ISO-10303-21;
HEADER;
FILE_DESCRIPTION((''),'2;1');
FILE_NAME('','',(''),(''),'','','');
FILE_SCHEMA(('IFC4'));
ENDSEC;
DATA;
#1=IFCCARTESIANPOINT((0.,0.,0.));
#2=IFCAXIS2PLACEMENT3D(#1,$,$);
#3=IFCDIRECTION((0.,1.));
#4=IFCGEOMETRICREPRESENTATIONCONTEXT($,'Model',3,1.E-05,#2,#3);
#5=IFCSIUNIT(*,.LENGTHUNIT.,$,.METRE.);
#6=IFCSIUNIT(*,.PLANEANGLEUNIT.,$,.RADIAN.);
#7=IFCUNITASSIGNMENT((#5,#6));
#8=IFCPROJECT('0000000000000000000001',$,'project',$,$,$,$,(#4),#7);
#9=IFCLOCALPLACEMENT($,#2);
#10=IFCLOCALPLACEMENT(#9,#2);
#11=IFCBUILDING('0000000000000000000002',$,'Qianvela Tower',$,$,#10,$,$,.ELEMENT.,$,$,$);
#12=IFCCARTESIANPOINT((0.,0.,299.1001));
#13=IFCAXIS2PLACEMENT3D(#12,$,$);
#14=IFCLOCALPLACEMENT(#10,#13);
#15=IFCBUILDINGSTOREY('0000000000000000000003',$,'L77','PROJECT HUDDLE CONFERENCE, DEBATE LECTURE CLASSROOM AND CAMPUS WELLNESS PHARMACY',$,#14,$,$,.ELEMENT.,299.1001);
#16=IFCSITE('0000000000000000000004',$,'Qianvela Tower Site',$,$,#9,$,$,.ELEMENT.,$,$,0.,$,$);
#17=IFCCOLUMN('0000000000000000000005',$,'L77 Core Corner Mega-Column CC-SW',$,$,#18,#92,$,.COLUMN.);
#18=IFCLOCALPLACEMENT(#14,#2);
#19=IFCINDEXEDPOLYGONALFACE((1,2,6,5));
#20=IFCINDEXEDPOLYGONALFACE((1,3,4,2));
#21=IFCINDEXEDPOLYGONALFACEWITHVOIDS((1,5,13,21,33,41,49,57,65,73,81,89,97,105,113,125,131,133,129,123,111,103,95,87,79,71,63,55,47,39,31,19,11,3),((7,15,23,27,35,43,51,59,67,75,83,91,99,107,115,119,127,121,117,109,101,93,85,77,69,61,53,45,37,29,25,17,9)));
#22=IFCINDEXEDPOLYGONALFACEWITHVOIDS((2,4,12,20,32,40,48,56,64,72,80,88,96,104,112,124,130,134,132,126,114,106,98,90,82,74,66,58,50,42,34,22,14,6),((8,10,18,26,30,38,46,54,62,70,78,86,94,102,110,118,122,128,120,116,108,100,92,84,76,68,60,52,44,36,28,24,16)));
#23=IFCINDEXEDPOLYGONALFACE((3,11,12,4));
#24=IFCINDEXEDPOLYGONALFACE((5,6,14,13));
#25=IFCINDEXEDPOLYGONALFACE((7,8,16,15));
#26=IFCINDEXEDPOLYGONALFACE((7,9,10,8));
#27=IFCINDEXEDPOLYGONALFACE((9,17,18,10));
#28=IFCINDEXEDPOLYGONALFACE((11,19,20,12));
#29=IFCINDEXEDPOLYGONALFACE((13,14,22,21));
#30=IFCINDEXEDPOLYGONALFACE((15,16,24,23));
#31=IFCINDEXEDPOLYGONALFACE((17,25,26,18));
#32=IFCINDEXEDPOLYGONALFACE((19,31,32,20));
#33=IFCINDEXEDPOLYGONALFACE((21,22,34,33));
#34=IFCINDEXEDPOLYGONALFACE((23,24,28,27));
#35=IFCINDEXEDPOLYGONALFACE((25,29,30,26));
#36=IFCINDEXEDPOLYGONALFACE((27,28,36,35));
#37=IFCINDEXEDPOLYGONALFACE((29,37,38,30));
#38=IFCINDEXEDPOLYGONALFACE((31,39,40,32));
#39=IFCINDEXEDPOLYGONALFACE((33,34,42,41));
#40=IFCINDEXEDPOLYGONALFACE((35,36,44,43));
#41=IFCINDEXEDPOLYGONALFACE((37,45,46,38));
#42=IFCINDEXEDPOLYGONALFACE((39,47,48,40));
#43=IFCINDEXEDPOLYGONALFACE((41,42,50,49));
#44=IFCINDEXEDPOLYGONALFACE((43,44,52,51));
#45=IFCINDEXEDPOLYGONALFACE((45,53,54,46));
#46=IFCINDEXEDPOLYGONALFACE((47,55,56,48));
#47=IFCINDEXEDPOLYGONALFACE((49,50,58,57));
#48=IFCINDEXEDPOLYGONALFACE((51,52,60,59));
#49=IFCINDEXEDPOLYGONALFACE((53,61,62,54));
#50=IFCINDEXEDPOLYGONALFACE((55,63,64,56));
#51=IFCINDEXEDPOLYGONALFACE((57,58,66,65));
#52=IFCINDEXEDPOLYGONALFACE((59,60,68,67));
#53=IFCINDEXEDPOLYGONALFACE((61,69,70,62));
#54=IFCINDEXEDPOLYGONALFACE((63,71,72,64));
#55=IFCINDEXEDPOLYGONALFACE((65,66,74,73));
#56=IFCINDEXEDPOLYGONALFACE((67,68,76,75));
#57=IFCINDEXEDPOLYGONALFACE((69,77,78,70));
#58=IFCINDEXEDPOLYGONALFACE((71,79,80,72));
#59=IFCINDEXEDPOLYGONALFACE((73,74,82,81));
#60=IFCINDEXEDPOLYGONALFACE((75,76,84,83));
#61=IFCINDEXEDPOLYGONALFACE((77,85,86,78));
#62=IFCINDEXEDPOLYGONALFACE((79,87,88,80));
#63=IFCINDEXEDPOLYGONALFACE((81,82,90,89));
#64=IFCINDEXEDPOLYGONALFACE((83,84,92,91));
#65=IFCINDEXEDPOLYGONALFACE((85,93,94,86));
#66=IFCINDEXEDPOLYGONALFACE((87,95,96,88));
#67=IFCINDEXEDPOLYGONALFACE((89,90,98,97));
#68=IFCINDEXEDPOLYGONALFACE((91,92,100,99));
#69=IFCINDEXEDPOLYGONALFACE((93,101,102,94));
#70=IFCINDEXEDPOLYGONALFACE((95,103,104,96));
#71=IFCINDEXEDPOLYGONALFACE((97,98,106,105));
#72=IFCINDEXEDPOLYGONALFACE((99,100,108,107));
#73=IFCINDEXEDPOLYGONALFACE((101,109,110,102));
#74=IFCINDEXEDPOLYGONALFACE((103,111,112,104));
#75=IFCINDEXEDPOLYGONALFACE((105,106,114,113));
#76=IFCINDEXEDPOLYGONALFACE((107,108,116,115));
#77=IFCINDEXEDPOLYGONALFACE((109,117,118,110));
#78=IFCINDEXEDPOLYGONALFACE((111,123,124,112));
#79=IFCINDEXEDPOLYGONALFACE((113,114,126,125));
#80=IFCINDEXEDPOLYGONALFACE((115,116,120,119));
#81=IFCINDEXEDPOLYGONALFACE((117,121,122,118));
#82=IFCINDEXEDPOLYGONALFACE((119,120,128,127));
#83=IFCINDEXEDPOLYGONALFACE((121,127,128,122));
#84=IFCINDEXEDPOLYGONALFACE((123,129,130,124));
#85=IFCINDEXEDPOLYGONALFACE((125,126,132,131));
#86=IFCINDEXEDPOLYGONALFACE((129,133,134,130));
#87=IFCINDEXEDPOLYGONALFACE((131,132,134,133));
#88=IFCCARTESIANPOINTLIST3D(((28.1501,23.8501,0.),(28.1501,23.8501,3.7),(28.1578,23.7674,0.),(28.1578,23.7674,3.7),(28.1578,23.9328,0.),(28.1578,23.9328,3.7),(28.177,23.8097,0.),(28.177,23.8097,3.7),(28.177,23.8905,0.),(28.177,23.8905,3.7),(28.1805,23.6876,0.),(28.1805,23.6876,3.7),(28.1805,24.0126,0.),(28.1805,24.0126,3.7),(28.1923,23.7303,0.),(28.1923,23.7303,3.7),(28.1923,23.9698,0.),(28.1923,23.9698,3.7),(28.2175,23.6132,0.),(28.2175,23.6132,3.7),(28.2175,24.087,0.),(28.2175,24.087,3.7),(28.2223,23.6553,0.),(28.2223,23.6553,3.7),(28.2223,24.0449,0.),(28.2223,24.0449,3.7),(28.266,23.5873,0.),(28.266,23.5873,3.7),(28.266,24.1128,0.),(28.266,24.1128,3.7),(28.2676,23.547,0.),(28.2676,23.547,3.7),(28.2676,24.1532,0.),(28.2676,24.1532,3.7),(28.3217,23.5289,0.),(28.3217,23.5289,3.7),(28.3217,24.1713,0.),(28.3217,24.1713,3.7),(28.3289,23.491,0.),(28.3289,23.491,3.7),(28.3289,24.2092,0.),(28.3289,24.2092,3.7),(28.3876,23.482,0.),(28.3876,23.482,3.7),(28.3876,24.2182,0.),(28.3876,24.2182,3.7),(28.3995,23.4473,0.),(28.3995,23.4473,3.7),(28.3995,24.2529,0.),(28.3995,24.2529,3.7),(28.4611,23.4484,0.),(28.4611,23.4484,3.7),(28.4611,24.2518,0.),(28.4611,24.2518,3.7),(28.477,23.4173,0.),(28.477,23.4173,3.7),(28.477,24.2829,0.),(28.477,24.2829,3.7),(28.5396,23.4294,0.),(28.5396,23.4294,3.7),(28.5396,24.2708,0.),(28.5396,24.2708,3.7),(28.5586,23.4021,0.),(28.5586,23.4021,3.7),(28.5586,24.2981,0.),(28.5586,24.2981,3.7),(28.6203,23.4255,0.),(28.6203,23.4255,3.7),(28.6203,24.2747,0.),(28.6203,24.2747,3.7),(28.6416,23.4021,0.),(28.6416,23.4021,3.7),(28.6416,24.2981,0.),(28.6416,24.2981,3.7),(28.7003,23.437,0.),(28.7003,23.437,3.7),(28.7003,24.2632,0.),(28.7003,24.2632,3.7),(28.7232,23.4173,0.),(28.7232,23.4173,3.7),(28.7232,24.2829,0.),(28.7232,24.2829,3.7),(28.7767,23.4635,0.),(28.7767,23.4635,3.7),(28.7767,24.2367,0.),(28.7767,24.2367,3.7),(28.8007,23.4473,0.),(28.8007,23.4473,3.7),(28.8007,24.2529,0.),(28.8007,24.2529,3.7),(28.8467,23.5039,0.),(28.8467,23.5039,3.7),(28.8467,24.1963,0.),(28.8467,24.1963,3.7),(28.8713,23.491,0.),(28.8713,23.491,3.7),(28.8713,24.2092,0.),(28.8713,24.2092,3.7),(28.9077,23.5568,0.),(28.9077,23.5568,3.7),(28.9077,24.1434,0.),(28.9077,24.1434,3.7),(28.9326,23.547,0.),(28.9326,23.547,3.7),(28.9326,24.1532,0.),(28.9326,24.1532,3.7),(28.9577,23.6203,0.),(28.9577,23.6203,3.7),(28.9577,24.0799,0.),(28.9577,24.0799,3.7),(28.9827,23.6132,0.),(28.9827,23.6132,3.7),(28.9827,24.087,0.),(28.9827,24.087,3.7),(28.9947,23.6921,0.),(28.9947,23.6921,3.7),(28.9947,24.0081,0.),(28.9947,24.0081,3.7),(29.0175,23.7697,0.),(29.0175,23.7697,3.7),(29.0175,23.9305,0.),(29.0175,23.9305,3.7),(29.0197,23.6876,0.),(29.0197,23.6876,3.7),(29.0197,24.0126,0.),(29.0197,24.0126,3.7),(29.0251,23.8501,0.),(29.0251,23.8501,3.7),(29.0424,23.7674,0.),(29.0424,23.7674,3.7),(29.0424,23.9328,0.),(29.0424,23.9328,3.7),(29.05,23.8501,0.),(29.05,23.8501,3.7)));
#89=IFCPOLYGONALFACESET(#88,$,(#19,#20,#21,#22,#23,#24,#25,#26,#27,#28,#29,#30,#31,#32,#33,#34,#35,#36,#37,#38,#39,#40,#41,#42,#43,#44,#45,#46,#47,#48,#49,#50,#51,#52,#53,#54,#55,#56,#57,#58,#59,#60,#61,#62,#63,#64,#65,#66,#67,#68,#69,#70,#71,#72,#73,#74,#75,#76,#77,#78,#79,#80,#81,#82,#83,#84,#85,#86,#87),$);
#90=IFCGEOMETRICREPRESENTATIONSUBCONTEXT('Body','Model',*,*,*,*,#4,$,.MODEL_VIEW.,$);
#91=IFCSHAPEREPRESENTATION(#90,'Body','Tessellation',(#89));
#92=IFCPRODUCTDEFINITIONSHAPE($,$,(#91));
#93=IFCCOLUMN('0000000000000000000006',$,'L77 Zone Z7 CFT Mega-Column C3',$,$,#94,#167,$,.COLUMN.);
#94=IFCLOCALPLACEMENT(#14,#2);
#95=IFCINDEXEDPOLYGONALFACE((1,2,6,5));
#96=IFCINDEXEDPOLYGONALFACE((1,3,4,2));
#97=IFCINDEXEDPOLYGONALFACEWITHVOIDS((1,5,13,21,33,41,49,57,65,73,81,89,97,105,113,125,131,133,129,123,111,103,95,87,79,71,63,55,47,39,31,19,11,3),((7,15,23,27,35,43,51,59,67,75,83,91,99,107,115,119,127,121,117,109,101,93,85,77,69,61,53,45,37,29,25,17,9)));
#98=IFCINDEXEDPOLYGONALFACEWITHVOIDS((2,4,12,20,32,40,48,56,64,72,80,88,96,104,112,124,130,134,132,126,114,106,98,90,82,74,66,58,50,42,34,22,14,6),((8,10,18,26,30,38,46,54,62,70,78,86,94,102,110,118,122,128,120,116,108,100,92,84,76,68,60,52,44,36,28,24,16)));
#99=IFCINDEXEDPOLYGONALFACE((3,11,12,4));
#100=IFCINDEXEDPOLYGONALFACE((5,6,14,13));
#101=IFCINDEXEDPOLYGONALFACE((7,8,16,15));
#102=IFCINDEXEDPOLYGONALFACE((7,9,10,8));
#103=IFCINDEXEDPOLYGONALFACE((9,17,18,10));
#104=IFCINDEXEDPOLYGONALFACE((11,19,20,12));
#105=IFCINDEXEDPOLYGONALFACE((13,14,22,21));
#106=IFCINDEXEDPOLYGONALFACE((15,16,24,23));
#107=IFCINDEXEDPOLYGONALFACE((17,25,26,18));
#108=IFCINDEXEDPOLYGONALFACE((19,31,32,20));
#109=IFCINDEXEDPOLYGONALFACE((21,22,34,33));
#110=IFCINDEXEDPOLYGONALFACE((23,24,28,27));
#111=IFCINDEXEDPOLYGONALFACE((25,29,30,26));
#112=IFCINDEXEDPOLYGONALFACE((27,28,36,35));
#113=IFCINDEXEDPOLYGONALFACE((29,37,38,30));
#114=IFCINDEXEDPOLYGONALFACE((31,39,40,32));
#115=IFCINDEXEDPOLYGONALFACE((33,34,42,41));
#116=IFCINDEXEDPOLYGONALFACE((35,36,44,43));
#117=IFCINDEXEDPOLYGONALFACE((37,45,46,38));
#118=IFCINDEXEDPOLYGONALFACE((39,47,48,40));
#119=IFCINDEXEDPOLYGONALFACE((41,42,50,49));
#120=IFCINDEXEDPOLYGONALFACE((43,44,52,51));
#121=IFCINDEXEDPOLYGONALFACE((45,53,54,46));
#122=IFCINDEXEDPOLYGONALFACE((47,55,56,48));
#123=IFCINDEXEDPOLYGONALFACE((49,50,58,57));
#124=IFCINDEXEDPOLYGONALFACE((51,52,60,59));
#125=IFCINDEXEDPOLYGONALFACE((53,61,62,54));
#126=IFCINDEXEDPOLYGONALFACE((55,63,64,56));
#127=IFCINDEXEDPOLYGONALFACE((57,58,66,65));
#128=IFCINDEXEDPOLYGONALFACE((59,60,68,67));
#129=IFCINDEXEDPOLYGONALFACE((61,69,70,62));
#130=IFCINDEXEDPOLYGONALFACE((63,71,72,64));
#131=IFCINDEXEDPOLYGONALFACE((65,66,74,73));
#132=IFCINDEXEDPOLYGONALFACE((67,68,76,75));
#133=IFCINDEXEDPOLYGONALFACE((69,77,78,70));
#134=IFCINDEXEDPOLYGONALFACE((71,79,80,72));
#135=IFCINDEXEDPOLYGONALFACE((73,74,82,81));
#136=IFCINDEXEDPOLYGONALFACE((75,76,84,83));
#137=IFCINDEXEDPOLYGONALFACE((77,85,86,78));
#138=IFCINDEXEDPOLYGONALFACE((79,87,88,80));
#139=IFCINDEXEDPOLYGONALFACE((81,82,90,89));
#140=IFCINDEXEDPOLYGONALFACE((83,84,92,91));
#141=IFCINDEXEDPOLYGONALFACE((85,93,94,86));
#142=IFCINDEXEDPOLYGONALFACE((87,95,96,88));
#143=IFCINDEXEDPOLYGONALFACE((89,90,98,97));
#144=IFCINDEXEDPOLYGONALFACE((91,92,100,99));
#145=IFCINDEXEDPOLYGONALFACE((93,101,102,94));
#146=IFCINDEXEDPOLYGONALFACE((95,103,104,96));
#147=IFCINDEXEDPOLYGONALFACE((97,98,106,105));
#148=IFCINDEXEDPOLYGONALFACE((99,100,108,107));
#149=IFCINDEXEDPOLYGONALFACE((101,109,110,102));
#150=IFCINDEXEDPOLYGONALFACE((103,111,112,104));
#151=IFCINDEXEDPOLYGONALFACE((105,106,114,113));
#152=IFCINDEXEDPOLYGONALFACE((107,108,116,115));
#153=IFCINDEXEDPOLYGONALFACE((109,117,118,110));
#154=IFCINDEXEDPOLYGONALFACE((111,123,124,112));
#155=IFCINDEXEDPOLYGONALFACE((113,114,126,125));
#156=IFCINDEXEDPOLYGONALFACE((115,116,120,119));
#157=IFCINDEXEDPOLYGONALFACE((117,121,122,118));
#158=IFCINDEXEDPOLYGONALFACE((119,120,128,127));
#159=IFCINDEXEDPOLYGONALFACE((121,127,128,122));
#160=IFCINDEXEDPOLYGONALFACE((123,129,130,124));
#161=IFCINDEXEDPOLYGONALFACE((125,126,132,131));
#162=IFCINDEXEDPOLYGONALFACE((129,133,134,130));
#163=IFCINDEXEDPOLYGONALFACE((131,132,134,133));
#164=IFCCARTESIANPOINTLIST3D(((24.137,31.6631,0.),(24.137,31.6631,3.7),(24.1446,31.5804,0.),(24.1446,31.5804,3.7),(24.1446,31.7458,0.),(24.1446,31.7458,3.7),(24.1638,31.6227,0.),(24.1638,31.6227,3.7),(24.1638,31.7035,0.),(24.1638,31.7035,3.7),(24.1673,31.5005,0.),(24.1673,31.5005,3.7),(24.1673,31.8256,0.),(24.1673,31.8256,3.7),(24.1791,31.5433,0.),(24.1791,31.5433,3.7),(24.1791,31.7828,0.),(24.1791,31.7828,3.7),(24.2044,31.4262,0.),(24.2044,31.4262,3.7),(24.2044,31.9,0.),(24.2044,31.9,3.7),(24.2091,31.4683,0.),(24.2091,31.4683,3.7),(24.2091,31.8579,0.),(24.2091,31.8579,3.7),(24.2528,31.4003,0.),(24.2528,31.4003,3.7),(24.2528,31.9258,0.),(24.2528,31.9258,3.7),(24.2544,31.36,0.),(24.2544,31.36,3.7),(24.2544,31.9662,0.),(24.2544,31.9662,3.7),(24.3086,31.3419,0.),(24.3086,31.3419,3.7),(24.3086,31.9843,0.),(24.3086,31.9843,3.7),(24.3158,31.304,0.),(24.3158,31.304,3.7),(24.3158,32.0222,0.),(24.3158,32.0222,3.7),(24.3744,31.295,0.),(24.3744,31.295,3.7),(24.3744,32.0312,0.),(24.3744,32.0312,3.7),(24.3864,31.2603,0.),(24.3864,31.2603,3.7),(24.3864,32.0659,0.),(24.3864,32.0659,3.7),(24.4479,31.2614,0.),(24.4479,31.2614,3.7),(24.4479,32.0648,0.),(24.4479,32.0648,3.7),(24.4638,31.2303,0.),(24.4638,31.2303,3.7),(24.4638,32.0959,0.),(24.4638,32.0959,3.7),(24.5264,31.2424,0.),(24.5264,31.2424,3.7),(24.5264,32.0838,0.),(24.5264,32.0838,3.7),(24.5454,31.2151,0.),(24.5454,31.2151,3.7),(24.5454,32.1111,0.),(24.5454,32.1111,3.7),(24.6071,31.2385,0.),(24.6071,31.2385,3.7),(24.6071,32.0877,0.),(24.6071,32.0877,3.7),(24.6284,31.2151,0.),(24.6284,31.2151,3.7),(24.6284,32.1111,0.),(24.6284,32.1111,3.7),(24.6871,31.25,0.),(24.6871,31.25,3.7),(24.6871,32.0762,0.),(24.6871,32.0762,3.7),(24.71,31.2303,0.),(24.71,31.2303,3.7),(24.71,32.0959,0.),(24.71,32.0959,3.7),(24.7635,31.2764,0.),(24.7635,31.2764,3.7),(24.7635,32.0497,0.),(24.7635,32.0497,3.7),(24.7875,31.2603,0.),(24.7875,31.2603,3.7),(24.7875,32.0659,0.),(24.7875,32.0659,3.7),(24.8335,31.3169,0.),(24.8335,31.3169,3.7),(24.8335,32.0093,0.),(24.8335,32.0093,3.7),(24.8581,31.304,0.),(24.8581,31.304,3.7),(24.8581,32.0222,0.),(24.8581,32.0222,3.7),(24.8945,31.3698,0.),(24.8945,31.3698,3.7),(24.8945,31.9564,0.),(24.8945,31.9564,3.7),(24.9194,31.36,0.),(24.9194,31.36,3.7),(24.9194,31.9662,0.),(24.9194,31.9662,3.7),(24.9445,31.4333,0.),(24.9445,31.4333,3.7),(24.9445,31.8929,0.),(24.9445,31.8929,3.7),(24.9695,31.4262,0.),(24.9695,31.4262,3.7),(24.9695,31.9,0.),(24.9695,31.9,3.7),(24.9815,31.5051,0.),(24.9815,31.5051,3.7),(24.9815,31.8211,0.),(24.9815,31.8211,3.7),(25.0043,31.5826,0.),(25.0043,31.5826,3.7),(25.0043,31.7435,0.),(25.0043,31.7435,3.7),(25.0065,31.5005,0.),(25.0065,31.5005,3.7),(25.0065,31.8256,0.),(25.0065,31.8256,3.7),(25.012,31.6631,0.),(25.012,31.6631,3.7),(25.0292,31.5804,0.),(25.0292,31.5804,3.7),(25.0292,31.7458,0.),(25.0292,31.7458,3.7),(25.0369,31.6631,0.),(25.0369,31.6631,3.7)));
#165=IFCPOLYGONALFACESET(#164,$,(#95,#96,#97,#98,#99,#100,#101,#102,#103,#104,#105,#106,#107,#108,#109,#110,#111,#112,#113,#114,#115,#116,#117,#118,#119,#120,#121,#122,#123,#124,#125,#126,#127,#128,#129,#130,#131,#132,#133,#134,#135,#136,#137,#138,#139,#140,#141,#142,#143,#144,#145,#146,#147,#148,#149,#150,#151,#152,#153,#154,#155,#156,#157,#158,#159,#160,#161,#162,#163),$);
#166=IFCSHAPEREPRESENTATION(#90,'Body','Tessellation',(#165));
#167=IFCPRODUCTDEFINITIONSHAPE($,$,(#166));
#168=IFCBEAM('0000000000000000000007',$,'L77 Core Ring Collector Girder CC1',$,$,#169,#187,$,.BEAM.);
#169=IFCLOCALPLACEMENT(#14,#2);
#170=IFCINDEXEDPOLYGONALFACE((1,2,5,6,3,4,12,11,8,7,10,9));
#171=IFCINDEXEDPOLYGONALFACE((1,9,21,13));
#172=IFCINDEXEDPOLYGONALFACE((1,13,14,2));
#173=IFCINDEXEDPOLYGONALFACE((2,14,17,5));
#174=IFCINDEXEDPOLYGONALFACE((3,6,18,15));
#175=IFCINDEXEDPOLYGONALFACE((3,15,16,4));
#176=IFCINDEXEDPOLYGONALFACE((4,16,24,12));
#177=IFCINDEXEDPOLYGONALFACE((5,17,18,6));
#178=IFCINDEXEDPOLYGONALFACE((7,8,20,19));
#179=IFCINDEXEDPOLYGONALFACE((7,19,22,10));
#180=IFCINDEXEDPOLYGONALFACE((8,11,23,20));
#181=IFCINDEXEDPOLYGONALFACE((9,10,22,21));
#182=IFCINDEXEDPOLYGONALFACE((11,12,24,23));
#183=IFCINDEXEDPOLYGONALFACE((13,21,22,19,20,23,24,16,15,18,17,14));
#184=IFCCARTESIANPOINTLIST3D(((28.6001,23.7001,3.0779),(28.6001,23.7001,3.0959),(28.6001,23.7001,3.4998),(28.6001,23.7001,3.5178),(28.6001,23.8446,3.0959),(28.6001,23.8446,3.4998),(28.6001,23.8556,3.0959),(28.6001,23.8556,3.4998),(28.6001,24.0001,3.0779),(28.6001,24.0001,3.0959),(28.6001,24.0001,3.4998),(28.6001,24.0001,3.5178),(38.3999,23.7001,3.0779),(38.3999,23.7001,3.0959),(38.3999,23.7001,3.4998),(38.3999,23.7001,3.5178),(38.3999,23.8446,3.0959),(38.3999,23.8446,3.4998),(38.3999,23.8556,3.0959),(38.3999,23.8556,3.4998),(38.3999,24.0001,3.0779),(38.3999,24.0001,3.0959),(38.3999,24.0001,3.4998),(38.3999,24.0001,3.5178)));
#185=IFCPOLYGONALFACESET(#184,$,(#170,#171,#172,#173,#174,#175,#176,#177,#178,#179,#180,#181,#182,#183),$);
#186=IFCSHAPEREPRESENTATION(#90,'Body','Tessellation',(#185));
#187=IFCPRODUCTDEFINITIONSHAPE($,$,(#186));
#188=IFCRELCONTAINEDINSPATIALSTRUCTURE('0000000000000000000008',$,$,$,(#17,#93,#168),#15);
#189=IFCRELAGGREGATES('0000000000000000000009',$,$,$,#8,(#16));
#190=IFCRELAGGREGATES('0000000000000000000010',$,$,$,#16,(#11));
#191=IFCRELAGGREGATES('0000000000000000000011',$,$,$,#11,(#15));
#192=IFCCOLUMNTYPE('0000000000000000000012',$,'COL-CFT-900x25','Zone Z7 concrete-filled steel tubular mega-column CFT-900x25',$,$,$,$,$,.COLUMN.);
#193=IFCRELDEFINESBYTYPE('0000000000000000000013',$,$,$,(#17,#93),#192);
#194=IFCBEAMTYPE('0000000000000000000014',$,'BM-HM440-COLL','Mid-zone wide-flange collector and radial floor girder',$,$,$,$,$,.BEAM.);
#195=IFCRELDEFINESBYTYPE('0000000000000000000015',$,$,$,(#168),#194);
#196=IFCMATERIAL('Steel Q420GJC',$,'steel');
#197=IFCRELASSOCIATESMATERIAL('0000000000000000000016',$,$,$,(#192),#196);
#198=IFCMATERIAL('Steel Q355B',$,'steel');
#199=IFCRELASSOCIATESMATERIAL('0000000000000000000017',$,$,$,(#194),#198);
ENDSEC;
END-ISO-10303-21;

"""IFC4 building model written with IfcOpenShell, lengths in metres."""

from ifc_helpers import new_model, si_unit, direction, frame, origin, origin_2d, place, context, subcontext, project, spatial, hollow_circle, i_section, extrude, material, material_profile, profile_set, type_object, element, save


model = new_model("IFC4")

# Units and contexts
model_context = context("Model", 3, precision=1e-05, world=origin(), true_north=direction((0.0, 1.0)))
body_context = subcontext(model_context, "Body", "Model", "MODEL_VIEW")
ifc_project = project(units=[si_unit("LENGTHUNIT", "METRE"), si_unit("PLANEANGLEUNIT", "RADIAN")], contexts=[model_context])

# Site, building, storey
site_placement = place(None, origin())
site = spatial("IfcSite", under=ifc_project, at=site_placement, Name="Qianvela Tower Site", CompositionType="ELEMENT", RefElevation=0.0)
building_placement = place(site_placement, origin())
building = spatial("IfcBuilding", under=site, at=building_placement, Name="Qianvela Tower", CompositionType="ELEMENT")
storey_placement = place(building_placement, frame((0.0, 0.0, 299.1001)))
storey = spatial("IfcBuildingStorey", under=building, at=storey_placement, Name="L77", Description="PROJECT HUDDLE CONFERENCE, DEBATE LECTURE CLASSROOM AND CAMPUS WELLNESS PHARMACY", CompositionType="ELEMENT", Elevation=299.1001)

# Columns
ifc_material_1 = material(Name="Steel Q420GJC", Category="steel")
ifc_material_profile_1 = material_profile(ifc_material_1, hollow_circle(Radius=0.45, WallThickness=0.0249, at=origin_2d()), Name="CFT-900x25")
ifc_profile_set_1 = profile_set([ifc_material_profile_1], Name="Steel Q420GJC")
column_type = type_object("IfcColumnType", Name="COL-CFT-900x25", Description="Zone Z7 concrete-filled steel tubular mega-column CFT-900x25", PredefinedType="COLUMN", material=ifc_profile_set_1)
for number, where, z_axis, x_axis, name in (
    (1, (28.6001, 23.8501, 0.0), (0.0, 0.0, 1.0), (1.0, 0.0, 0.0), "L77 Core Corner Mega-Column CC-SW"),
    (2, (24.5869, 31.6631, 0.0), (0.0, 0.0, 1.0), (1.0, 0.0, 0.0), "L77 Zone Z7 CFT Mega-Column C3"),
):
    element("IfcColumn", number, at=place(storey_placement, frame(where, z_axis=z_axis, x_axis=x_axis)), inside=storey, type_object=column_type, Name=name, PredefinedType="COLUMN", context=body_context, shape_type="SweptSolid", body=[
        extrude(hollow_circle(Radius=0.45, WallThickness=0.0249, at=origin_2d()), origin(), (0.0, 0.0, 1.0), 3.7),
    ])

# Beam
ifc_material_2 = material(Name="Steel Q355B", Category="steel")
ifc_material_profile_2 = material_profile(ifc_material_2, i_section(OverallWidth=0.3, OverallDepth=0.4399, WebThickness=0.011, FlangeThickness=0.0181, at=origin_2d()), Name="HM440x300x11x18")
ifc_profile_set_2 = profile_set([ifc_material_profile_2], Name="Steel Q355B")
beam_type_1 = type_object("IfcBeamType", Name="BM-HM440-COLL", Description="Mid-zone wide-flange collector and radial floor girder", PredefinedType="BEAM", material=ifc_profile_set_2)
beam_1_placement = place(storey_placement, frame((28.6001, 23.8501, 3.2979), z_axis=(1.0, 0.0, 0.0), x_axis=(0.0, 1.0, 0.0)))
element("IfcBeam", 3, at=beam_1_placement, inside=storey, type_object=beam_type_1, Name="L77 Core Ring Collector Girder CC1", PredefinedType="BEAM", context=body_context, shape_type="SweptSolid", body=[
    extrude(i_section(OverallWidth=0.3, OverallDepth=0.4399, WebThickness=0.011, FlangeThickness=0.0181, at=origin_2d()), origin(), (0.0, 0.0, 1.0), 9.7998),
])

save(model, "model.ifc")
